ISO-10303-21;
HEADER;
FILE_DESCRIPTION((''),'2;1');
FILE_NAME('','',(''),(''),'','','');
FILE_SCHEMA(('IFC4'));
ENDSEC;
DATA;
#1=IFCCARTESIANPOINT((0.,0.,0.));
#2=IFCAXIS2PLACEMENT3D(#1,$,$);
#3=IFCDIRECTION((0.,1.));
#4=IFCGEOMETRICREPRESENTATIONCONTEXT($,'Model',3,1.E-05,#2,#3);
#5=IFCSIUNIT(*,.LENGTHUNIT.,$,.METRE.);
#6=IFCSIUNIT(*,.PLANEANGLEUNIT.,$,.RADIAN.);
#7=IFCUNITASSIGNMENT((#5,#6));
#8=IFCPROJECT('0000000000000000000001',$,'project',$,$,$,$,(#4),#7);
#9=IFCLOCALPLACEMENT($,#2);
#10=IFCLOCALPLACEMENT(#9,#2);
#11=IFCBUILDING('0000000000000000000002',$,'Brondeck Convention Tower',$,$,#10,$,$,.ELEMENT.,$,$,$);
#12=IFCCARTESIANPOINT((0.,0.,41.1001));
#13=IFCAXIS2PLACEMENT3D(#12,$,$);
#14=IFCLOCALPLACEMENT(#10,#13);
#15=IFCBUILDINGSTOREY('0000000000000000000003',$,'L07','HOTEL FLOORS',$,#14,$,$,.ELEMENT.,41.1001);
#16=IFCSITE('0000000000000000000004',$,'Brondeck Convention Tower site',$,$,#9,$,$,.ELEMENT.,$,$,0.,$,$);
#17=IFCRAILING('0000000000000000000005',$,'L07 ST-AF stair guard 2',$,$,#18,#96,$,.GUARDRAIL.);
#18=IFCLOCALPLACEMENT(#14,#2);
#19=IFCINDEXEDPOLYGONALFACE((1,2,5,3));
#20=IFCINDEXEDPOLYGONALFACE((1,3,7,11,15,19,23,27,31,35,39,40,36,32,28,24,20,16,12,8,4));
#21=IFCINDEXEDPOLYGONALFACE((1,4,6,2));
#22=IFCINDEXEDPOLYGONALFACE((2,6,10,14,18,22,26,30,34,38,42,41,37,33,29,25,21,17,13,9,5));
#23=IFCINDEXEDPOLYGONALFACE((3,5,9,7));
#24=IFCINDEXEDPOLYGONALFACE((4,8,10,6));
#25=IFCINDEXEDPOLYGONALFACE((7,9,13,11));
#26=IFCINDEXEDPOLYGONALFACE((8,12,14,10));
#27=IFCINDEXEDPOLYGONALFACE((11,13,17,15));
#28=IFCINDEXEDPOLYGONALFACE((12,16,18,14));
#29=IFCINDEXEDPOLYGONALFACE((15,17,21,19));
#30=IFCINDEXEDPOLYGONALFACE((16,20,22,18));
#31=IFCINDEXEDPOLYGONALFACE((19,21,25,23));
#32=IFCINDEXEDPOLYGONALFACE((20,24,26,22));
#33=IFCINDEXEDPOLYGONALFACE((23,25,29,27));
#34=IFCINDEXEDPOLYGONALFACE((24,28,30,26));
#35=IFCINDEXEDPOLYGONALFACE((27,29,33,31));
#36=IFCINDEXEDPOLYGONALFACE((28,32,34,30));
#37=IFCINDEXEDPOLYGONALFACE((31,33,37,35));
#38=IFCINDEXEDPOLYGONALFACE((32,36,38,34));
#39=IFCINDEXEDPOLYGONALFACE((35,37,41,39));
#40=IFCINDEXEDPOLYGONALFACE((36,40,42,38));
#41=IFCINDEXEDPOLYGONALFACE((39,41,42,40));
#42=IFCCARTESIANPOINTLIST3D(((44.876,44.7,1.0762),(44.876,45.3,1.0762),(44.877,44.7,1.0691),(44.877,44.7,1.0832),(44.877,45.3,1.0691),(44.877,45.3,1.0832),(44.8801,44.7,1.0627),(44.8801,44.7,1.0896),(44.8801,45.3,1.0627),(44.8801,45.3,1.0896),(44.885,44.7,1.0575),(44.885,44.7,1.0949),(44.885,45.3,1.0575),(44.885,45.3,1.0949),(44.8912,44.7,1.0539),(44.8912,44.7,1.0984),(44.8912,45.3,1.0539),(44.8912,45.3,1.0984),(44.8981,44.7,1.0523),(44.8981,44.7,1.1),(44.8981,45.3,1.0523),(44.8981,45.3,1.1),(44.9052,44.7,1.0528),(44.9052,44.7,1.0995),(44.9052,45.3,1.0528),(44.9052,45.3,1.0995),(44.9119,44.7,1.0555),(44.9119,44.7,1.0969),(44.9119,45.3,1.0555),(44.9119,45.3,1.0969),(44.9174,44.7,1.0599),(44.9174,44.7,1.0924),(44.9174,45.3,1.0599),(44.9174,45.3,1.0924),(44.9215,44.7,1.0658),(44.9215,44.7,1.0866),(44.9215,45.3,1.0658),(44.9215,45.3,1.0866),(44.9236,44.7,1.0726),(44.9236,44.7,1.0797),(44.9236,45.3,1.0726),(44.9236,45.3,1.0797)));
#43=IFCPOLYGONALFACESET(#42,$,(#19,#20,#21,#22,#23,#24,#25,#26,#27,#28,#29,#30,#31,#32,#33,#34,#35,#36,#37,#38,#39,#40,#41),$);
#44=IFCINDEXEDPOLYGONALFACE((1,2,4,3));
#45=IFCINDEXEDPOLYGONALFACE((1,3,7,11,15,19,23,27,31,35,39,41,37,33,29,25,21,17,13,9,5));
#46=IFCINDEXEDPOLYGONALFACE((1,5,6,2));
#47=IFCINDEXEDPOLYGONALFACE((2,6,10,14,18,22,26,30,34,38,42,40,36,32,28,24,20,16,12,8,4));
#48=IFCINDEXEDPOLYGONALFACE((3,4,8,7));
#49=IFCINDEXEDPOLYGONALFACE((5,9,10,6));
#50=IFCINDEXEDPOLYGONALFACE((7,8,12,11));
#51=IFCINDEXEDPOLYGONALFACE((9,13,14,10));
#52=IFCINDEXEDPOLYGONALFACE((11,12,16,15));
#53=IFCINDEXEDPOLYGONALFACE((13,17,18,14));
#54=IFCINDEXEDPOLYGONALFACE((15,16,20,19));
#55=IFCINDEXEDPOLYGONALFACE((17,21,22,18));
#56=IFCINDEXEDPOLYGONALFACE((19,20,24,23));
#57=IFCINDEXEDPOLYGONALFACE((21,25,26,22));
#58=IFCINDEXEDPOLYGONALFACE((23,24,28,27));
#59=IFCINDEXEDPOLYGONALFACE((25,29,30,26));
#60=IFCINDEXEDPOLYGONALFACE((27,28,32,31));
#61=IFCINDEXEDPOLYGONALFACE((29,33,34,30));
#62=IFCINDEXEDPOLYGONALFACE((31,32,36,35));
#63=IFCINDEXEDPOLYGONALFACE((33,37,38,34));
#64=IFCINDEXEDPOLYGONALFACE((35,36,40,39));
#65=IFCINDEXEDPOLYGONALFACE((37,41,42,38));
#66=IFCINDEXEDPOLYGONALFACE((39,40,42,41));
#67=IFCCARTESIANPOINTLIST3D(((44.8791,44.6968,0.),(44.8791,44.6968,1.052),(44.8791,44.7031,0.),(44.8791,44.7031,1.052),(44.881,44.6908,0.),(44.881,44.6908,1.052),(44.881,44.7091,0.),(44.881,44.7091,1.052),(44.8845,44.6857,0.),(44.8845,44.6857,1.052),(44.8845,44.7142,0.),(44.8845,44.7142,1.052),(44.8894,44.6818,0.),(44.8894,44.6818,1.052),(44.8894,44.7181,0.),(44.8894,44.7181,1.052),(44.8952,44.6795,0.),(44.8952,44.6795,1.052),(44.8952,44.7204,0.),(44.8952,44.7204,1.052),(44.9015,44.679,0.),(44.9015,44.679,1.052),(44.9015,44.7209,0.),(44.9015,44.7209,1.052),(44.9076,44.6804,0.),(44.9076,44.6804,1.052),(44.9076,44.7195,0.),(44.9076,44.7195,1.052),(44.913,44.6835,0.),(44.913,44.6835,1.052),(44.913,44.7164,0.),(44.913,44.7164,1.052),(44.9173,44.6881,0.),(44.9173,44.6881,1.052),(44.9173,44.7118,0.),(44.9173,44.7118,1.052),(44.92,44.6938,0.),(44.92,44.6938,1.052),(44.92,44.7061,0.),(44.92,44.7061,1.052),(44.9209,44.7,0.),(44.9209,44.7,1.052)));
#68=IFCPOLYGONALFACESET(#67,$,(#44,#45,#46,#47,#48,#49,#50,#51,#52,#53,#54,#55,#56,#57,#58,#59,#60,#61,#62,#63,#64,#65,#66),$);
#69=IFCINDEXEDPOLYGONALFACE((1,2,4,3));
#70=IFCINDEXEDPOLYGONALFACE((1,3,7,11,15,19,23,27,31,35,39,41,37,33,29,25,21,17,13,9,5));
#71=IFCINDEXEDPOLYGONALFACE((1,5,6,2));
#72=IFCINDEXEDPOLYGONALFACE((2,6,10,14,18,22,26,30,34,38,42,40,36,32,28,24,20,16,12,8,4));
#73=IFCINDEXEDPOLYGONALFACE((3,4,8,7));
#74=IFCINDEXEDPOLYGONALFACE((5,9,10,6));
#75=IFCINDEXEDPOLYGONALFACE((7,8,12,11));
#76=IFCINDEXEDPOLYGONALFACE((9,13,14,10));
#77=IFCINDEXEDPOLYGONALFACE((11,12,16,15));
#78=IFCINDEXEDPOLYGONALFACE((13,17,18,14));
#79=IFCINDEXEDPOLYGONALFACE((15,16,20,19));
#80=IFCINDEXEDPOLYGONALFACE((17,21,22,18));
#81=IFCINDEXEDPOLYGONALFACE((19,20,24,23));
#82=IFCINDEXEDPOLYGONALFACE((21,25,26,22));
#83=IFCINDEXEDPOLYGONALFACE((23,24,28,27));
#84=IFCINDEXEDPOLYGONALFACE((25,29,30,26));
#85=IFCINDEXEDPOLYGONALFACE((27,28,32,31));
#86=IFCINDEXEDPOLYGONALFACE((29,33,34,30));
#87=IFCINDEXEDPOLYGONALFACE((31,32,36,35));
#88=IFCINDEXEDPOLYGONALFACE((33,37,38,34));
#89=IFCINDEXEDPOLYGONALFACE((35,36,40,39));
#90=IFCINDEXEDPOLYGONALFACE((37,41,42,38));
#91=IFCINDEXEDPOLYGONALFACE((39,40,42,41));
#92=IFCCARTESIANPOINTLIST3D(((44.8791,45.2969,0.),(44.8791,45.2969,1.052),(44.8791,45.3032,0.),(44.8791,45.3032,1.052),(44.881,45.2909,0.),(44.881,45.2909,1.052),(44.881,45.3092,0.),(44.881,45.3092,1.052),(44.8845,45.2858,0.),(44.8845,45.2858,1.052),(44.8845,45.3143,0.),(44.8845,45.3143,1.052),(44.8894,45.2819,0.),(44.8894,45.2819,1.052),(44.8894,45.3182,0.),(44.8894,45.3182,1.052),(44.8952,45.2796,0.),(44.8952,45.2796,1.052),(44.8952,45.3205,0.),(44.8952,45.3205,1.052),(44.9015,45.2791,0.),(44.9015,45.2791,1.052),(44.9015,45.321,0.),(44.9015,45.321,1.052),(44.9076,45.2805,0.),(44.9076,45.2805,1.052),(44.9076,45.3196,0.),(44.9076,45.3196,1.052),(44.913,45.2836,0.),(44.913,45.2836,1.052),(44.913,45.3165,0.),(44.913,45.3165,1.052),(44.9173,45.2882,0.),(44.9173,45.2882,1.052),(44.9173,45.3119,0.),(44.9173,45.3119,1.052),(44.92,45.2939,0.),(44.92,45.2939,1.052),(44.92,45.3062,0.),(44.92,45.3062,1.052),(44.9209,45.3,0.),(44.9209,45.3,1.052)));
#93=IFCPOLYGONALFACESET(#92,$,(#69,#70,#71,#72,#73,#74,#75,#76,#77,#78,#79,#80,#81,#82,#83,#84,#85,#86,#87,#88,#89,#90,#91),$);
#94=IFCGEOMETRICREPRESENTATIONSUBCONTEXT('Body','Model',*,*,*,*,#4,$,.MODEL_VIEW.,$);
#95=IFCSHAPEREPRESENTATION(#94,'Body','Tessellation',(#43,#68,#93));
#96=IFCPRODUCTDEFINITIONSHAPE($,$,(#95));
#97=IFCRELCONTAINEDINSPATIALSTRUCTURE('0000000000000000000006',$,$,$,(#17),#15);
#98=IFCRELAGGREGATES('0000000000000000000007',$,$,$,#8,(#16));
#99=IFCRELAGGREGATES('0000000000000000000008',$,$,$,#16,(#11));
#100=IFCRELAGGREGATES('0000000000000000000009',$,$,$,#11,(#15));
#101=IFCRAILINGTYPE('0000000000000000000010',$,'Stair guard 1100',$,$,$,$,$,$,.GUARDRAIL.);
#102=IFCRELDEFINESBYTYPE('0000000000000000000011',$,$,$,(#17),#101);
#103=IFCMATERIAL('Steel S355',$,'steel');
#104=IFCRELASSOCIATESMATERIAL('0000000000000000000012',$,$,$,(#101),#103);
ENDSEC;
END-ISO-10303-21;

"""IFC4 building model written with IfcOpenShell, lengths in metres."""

from ifc_helpers import new_model, si_unit, direction, frame, origin, origin_2d, place, context, subcontext, project, spatial, circle, extrude, material, type_object, element, save


model = new_model("IFC4")

# Units and contexts
model_context = context("Model", 3, precision=1e-05, world=origin(), true_north=direction((0.0, 1.0)))
body_context = subcontext(model_context, "Body", "Model", "MODEL_VIEW")
ifc_project = project(units=[si_unit("LENGTHUNIT", "METRE"), si_unit("PLANEANGLEUNIT", "RADIAN")], contexts=[model_context])

# Site, building, storey
site_placement = place(None, origin())
site = spatial("IfcSite", under=ifc_project, at=site_placement, Name="Brondeck Convention Tower site", CompositionType="ELEMENT", RefElevation=0.0)
building_placement = place(site_placement, origin())
building = spatial("IfcBuilding", under=site, at=building_placement, Name="Brondeck Convention Tower", CompositionType="ELEMENT")
storey_placement = place(building_placement, frame((0.0, 0.0, 41.1001)))
storey = spatial("IfcBuildingStorey", under=building, at=storey_placement, Name="L07", Description="HOTEL FLOORS", CompositionType="ELEMENT", Elevation=41.1001)

# Shared definitions
ifc_material_1 = material(Name="Steel S355", Category="steel")

# Railing
railing_type_1 = type_object("IfcRailingType", Name="Stair guard 1100", PredefinedType="GUARDRAIL", material=ifc_material_1)
railing_1_placement = place(storey_placement, frame((44.8999, 44.7, 0.0)))
element("IfcRailing", 1, at=railing_1_placement, inside=storey, type_object=railing_type_1, Name="L07 ST-AF stair guard 2", PredefinedType="GUARDRAIL", context=body_context, shape_type="SweptSolid", body=[
    extrude(circle(Radius=0.0239, at=origin_2d()), frame((0.0, 0.0, 1.0762), z_axis=(0.0, 1.0, 0.0), x_axis=(-1.0, 0.0, 0.0)), (0.0, 0.0, 1.0), 0.6001),
    extrude(circle(Radius=0.021, at=origin_2d()), origin(), (0.0, 0.0, 1.0), 1.052),
    extrude(circle(Radius=0.021, at=origin_2d()), frame((0.0, 0.6001, 0.0)), (0.0, 0.0, 1.0), 1.052),
])

save(model, "model.ifc")
